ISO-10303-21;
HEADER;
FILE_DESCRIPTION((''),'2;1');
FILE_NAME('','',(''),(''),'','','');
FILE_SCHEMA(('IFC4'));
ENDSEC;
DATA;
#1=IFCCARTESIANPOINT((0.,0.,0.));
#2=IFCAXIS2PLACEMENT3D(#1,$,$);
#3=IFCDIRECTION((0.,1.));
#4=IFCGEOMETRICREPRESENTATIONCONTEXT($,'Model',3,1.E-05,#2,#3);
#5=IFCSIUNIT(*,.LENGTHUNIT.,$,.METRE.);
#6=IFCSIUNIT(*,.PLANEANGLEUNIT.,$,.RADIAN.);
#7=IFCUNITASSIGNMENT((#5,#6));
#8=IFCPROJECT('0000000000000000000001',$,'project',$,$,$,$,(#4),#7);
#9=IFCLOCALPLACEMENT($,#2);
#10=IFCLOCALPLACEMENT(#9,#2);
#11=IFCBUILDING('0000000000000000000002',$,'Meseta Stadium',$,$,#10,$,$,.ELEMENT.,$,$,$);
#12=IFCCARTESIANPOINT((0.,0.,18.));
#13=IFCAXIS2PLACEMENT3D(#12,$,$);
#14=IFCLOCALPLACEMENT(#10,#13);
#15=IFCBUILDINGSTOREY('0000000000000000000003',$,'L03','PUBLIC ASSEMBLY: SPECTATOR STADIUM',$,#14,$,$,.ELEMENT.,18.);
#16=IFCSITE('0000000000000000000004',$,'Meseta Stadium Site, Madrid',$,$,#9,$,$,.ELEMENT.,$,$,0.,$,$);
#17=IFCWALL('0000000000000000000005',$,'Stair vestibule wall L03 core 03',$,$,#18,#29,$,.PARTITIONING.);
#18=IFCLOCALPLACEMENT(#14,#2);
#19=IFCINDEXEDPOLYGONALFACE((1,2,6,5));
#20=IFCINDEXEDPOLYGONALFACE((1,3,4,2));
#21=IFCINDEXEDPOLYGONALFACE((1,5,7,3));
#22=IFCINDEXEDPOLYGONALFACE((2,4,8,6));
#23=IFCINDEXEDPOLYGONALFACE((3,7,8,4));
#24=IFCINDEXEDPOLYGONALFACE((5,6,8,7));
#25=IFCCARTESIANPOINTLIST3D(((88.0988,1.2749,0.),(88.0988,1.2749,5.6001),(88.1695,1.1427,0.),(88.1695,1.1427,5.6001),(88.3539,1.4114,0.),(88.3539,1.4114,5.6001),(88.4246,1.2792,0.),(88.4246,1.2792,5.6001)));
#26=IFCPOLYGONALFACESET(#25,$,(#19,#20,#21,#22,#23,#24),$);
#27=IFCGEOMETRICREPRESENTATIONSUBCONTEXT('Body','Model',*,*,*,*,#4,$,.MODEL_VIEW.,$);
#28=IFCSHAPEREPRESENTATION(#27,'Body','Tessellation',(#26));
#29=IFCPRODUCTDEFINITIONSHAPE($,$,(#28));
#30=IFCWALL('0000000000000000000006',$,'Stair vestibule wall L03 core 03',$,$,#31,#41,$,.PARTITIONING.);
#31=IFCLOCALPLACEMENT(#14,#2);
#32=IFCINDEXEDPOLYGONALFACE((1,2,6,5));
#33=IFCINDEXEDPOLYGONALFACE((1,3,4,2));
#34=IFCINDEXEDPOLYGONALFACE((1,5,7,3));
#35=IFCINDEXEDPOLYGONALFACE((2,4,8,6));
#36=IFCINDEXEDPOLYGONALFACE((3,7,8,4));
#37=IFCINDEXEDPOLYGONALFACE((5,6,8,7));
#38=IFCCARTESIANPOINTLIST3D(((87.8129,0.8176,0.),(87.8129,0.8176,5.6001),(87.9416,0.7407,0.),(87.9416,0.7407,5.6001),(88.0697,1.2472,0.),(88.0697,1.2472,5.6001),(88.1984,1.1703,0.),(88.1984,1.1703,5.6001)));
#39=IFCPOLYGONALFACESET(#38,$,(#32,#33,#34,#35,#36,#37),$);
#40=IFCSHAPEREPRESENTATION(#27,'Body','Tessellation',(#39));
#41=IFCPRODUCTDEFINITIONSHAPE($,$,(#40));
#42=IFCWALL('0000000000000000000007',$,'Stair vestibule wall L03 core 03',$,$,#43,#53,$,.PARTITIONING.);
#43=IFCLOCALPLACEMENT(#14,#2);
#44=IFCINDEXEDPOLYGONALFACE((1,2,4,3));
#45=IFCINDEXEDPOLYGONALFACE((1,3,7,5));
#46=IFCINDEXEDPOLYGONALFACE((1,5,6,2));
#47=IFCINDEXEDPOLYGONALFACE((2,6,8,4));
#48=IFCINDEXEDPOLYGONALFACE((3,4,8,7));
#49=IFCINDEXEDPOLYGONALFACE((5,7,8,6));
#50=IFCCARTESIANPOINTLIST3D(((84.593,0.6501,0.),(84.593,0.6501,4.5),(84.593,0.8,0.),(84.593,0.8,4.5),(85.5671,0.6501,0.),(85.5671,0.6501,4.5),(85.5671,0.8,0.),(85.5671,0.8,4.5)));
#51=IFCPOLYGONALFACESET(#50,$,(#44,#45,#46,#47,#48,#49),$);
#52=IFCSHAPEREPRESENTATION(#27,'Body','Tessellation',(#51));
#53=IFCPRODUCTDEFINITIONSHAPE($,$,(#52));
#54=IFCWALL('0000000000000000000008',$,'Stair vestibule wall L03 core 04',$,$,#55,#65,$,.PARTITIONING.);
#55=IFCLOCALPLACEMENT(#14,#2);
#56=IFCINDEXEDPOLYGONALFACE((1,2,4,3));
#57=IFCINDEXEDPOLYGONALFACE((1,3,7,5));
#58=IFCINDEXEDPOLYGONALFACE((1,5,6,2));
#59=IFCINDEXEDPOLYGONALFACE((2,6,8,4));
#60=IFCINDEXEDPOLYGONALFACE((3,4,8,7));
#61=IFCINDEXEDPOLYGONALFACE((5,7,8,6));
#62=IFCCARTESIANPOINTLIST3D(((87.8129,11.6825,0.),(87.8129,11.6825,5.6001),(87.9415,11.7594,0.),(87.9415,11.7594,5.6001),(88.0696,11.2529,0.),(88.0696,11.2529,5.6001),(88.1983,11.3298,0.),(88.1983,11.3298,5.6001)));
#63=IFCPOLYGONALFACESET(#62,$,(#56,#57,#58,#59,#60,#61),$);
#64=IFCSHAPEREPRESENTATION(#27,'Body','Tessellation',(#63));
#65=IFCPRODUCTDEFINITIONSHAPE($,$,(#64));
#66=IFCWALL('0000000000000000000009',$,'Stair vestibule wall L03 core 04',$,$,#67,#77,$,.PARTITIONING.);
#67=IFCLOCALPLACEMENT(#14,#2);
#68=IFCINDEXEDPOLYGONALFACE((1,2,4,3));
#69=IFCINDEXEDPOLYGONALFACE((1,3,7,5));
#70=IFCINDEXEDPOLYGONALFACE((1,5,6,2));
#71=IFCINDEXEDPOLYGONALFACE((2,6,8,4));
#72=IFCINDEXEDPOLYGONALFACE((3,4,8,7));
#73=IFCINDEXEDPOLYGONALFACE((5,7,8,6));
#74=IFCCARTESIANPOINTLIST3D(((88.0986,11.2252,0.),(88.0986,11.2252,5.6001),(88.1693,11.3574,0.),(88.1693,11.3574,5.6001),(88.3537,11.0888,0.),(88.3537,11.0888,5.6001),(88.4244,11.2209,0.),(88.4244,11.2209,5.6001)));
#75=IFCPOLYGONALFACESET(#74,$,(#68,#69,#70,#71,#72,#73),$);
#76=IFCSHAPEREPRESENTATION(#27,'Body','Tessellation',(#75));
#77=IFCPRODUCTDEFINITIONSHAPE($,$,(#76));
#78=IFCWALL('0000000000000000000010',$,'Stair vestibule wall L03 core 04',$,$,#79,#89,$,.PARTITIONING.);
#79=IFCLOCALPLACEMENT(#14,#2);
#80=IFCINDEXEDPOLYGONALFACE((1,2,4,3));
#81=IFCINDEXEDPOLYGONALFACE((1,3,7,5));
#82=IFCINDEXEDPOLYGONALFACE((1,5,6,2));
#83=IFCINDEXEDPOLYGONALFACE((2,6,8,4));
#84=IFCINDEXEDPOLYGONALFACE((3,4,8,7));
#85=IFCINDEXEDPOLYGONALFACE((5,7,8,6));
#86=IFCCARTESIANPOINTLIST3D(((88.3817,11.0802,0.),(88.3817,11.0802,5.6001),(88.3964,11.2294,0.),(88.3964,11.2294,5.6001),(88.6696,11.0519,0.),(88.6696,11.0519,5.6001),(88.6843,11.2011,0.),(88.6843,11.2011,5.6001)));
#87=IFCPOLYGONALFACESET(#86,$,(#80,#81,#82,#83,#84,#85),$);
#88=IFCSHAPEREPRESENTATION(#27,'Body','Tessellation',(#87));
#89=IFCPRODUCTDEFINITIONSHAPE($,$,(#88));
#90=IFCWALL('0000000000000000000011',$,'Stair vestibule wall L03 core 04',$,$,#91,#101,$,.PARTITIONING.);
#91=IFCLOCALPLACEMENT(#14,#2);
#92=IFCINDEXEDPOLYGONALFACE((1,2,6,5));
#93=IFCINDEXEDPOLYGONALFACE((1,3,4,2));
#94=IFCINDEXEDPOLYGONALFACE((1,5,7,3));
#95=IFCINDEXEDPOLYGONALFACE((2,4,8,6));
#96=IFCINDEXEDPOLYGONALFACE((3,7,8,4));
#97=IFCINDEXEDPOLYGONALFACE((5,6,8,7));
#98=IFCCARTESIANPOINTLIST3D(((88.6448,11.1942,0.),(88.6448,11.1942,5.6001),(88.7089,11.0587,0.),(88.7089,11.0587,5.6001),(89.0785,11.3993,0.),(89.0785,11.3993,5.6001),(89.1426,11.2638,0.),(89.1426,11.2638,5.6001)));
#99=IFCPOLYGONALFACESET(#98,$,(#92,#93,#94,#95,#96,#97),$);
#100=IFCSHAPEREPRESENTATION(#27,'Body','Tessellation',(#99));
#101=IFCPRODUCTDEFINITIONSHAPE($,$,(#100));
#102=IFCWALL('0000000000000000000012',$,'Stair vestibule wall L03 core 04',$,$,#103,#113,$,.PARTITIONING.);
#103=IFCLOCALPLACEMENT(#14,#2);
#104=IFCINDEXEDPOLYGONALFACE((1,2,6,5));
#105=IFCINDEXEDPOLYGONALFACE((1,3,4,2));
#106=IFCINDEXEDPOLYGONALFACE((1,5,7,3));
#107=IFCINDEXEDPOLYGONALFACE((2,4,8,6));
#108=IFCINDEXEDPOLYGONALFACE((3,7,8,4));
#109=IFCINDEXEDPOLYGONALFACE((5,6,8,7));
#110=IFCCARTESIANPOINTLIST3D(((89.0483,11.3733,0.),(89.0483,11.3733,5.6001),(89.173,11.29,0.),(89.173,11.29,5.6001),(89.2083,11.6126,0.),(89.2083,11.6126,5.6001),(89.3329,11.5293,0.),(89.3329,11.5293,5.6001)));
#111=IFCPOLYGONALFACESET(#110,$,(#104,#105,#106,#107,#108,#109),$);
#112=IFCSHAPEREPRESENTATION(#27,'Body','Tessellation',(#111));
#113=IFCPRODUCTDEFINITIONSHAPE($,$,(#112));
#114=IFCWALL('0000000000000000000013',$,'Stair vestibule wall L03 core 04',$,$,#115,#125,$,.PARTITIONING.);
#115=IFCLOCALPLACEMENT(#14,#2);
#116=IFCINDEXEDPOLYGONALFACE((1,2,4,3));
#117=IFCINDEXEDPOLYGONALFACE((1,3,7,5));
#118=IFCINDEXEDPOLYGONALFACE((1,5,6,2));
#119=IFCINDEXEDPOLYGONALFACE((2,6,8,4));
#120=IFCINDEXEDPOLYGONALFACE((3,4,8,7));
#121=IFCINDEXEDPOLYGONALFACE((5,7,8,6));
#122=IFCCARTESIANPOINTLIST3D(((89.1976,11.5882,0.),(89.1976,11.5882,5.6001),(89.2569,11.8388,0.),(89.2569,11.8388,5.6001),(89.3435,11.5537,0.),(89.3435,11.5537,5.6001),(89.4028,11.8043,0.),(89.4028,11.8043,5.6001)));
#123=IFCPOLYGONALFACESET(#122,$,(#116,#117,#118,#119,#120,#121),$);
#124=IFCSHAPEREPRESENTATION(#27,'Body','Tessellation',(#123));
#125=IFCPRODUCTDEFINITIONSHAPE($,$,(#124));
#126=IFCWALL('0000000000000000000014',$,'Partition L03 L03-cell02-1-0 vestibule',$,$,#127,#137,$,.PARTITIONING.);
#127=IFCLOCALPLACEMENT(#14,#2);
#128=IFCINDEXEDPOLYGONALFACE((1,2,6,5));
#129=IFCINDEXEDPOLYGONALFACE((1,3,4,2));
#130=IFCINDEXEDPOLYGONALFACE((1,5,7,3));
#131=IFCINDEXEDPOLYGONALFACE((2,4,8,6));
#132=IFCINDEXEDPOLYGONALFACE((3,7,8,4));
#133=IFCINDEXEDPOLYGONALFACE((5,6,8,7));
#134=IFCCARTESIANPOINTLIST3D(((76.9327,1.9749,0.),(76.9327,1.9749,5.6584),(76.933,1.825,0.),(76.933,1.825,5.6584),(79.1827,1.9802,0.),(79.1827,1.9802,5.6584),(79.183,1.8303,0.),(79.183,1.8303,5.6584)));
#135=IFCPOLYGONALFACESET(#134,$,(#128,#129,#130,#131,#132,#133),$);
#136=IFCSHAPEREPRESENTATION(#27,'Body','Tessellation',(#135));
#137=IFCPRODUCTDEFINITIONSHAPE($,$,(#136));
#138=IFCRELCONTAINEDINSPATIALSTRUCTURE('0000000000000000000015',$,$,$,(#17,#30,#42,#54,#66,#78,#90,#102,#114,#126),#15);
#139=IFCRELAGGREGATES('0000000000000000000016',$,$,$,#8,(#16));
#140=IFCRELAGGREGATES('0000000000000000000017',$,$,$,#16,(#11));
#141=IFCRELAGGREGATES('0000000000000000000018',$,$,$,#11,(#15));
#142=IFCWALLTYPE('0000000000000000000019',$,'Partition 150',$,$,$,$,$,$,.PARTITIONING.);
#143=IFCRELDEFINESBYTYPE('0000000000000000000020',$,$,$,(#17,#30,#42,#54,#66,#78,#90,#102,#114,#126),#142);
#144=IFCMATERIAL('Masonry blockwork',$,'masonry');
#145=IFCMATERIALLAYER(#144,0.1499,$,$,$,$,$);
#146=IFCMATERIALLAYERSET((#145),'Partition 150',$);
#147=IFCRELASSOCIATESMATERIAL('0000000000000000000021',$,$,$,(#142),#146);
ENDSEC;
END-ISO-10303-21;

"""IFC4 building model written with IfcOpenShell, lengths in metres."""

from ifc_helpers import new_model, si_unit, direction, frame, frame_2d, origin, place, context, subcontext, project, spatial, rectangle, extrude, material, layer, layer_set, type_object, element, save


model = new_model("IFC4")

# Units and contexts
model_context = context("Model", 3, precision=1e-05, world=origin(), true_north=direction((0.0, 1.0)))
body_context = subcontext(model_context, "Body", "Model", "MODEL_VIEW")
ifc_project = project(units=[si_unit("LENGTHUNIT", "METRE"), si_unit("PLANEANGLEUNIT", "RADIAN")], contexts=[model_context])

# Site, building, storey
site_placement = place(None, origin())
site = spatial("IfcSite", under=ifc_project, at=site_placement, Name="Meseta Stadium Site, Madrid", CompositionType="ELEMENT", RefElevation=0.0)
building_placement = place(site_placement, origin())
building = spatial("IfcBuilding", under=site, at=building_placement, Name="Meseta Stadium", CompositionType="ELEMENT")
storey_placement = place(building_placement, frame((0.0, 0.0, 18.0)))
storey = spatial("IfcBuildingStorey", under=building, at=storey_placement, Name="L03", Description="PUBLIC ASSEMBLY: SPECTATOR STADIUM", CompositionType="ELEMENT", Elevation=18.0)

# Walls
ifc_material_1 = material(Name="Masonry blockwork", Category="masonry")
ifc_layer = layer(ifc_material_1, 0.1499)
ifc_layer_set = layer_set([ifc_layer], Name="Partition 150")
wall_type = type_object("IfcWallType", Name="Partition 150", PredefinedType="PARTITIONING", material=ifc_layer_set)
for number, where, z_axis, x_axis, name in (
    (1, (88.3892, 1.3452, 0.0), (0.0, 0.0, 1.0), (-0.881768, -0.471683, 0.0), "Stair vestibule wall L03 core 03"),
):
    element("IfcWall", number, at=place(storey_placement, frame(where, z_axis=z_axis, x_axis=x_axis)), inside=storey, type_object=wall_type, Name=name, PredefinedType="PARTITIONING", context=body_context, shape_type="SweptSolid", body=[
        extrude(rectangle(XDim=0.2893, YDim=0.1499, at=frame_2d((0.1445, 0.0))), origin(), (0.0, 0.0, 1.0), 5.6001),
    ])
wall_1_placement = place(storey_placement, frame((88.134, 1.2087, 0.0), z_axis=(0.0, 0.0, 1.0), x_axis=(-0.513061, -0.858352, 0.0)))
element("IfcWall", 2, at=wall_1_placement, inside=storey, type_object=wall_type, Name="Stair vestibule wall L03 core 03", PredefinedType="PARTITIONING", context=body_context, shape_type="SweptSolid", body=[
    extrude(rectangle(XDim=0.5005, YDim=0.1499, at=frame_2d((0.2502, 0.0))), origin(), (0.0, 0.0, 1.0), 5.6001),
])
wall_2_placement = place(storey_placement, frame((85.5671, 0.7251, 0.0), z_axis=(0.0, 0.0, 1.0), x_axis=(-1.0, 0.0, 0.0)))
element("IfcWall", 3, at=wall_2_placement, inside=storey, type_object=wall_type, Name="Stair vestibule wall L03 core 03", PredefinedType="PARTITIONING", context=body_context, shape_type="SweptSolid", body=[
    extrude(rectangle(XDim=0.9741, YDim=0.1499, at=frame_2d((0.4871, 0.0))), origin(), (0.0, 0.0, 1.0), 4.5),
])
wall_3_placement = place(storey_placement, frame((87.8772, 11.7209, 0.0), z_axis=(0.0, 0.0, 1.0), x_axis=(0.513061, -0.858352, 0.0)))
element("IfcWall", 4, at=wall_3_placement, inside=storey, type_object=wall_type, Name="Stair vestibule wall L03 core 04", PredefinedType="PARTITIONING", context=body_context, shape_type="SweptSolid", body=[
    extrude(rectangle(XDim=0.5005, YDim=0.1499, at=frame_2d((0.2502, 0.0))), origin(), (0.0, 0.0, 1.0), 5.6001),
])
for number, where, z_axis, x_axis, name in (
    (5, (88.134, 11.2913, 0.0), (0.0, 0.0, 1.0), (0.881768, -0.471683, 0.0), "Stair vestibule wall L03 core 04"),
    (6, (88.3892, 11.1548, 0.0), (0.0, 0.0, 1.0), (0.995195, -0.097916, 0.0), "Stair vestibule wall L03 core 04"),
):
    element("IfcWall", number, at=place(storey_placement, frame(where, z_axis=z_axis, x_axis=x_axis)), inside=storey, type_object=wall_type, Name=name, PredefinedType="PARTITIONING", context=body_context, shape_type="SweptSolid", body=[
        extrude(rectangle(XDim=0.2893, YDim=0.1499, at=frame_2d((0.1445, 0.0))), origin(), (0.0, 0.0, 1.0), 5.6001),
    ])
wall_4_placement = place(storey_placement, frame((88.677, 11.1265, 0.0), z_axis=(0.0, 0.0, 1.0), x_axis=(0.903986, 0.427561, 0.0)))
element("IfcWall", 7, at=wall_4_placement, inside=storey, type_object=wall_type, Name="Stair vestibule wall L03 core 04", PredefinedType="PARTITIONING", context=body_context, shape_type="SweptSolid", body=[
    extrude(rectangle(XDim=0.4797, YDim=0.1499, at=frame_2d((0.2397, 0.0))), origin(), (0.0, 0.0, 1.0), 5.6001),
])
wall_5_placement = place(storey_placement, frame((89.1106, 11.3315, 0.0), z_axis=(0.0, 0.0, 1.0), x_axis=(0.555679, 0.831397, 0.0)))
element("IfcWall", 8, at=wall_5_placement, inside=storey, type_object=wall_type, Name="Stair vestibule wall L03 core 04", PredefinedType="PARTITIONING", context=body_context, shape_type="SweptSolid", body=[
    extrude(rectangle(XDim=0.2878, YDim=0.1499, at=frame_2d((0.144, 0.0))), origin(), (0.0, 0.0, 1.0), 5.6001),
])
wall_6_placement = place(storey_placement, frame((89.2705, 11.5708, 0.0), z_axis=(0.0, 0.0, 1.0), x_axis=(0.230254, 0.973131, 0.0)))
element("IfcWall", 9, at=wall_6_placement, inside=storey, type_object=wall_type, Name="Stair vestibule wall L03 core 04", PredefinedType="PARTITIONING", context=body_context, shape_type="SweptSolid", body=[
    extrude(rectangle(XDim=0.2576, YDim=0.1499, at=frame_2d((0.1289, 0.0))), origin(), (0.0, 0.0, 1.0), 5.6001),
])
wall_7_placement = place(storey_placement, frame((79.1829, 1.9053, 0.0), z_axis=(0.0, 0.0, 1.0), x_axis=(-0.999997, -0.002387, 0.0)))
element("IfcWall", 10, at=wall_7_placement, inside=storey, type_object=wall_type, Name="Partition L03 L03-cell02-1-0 vestibule", PredefinedType="PARTITIONING", context=body_context, shape_type="SweptSolid", body=[
    extrude(rectangle(XDim=2.25, YDim=0.1499, at=frame_2d((1.125, 0.0))), origin(), (0.0, 0.0, 1.0), 5.6584),
])

save(model, "model.ifc")
